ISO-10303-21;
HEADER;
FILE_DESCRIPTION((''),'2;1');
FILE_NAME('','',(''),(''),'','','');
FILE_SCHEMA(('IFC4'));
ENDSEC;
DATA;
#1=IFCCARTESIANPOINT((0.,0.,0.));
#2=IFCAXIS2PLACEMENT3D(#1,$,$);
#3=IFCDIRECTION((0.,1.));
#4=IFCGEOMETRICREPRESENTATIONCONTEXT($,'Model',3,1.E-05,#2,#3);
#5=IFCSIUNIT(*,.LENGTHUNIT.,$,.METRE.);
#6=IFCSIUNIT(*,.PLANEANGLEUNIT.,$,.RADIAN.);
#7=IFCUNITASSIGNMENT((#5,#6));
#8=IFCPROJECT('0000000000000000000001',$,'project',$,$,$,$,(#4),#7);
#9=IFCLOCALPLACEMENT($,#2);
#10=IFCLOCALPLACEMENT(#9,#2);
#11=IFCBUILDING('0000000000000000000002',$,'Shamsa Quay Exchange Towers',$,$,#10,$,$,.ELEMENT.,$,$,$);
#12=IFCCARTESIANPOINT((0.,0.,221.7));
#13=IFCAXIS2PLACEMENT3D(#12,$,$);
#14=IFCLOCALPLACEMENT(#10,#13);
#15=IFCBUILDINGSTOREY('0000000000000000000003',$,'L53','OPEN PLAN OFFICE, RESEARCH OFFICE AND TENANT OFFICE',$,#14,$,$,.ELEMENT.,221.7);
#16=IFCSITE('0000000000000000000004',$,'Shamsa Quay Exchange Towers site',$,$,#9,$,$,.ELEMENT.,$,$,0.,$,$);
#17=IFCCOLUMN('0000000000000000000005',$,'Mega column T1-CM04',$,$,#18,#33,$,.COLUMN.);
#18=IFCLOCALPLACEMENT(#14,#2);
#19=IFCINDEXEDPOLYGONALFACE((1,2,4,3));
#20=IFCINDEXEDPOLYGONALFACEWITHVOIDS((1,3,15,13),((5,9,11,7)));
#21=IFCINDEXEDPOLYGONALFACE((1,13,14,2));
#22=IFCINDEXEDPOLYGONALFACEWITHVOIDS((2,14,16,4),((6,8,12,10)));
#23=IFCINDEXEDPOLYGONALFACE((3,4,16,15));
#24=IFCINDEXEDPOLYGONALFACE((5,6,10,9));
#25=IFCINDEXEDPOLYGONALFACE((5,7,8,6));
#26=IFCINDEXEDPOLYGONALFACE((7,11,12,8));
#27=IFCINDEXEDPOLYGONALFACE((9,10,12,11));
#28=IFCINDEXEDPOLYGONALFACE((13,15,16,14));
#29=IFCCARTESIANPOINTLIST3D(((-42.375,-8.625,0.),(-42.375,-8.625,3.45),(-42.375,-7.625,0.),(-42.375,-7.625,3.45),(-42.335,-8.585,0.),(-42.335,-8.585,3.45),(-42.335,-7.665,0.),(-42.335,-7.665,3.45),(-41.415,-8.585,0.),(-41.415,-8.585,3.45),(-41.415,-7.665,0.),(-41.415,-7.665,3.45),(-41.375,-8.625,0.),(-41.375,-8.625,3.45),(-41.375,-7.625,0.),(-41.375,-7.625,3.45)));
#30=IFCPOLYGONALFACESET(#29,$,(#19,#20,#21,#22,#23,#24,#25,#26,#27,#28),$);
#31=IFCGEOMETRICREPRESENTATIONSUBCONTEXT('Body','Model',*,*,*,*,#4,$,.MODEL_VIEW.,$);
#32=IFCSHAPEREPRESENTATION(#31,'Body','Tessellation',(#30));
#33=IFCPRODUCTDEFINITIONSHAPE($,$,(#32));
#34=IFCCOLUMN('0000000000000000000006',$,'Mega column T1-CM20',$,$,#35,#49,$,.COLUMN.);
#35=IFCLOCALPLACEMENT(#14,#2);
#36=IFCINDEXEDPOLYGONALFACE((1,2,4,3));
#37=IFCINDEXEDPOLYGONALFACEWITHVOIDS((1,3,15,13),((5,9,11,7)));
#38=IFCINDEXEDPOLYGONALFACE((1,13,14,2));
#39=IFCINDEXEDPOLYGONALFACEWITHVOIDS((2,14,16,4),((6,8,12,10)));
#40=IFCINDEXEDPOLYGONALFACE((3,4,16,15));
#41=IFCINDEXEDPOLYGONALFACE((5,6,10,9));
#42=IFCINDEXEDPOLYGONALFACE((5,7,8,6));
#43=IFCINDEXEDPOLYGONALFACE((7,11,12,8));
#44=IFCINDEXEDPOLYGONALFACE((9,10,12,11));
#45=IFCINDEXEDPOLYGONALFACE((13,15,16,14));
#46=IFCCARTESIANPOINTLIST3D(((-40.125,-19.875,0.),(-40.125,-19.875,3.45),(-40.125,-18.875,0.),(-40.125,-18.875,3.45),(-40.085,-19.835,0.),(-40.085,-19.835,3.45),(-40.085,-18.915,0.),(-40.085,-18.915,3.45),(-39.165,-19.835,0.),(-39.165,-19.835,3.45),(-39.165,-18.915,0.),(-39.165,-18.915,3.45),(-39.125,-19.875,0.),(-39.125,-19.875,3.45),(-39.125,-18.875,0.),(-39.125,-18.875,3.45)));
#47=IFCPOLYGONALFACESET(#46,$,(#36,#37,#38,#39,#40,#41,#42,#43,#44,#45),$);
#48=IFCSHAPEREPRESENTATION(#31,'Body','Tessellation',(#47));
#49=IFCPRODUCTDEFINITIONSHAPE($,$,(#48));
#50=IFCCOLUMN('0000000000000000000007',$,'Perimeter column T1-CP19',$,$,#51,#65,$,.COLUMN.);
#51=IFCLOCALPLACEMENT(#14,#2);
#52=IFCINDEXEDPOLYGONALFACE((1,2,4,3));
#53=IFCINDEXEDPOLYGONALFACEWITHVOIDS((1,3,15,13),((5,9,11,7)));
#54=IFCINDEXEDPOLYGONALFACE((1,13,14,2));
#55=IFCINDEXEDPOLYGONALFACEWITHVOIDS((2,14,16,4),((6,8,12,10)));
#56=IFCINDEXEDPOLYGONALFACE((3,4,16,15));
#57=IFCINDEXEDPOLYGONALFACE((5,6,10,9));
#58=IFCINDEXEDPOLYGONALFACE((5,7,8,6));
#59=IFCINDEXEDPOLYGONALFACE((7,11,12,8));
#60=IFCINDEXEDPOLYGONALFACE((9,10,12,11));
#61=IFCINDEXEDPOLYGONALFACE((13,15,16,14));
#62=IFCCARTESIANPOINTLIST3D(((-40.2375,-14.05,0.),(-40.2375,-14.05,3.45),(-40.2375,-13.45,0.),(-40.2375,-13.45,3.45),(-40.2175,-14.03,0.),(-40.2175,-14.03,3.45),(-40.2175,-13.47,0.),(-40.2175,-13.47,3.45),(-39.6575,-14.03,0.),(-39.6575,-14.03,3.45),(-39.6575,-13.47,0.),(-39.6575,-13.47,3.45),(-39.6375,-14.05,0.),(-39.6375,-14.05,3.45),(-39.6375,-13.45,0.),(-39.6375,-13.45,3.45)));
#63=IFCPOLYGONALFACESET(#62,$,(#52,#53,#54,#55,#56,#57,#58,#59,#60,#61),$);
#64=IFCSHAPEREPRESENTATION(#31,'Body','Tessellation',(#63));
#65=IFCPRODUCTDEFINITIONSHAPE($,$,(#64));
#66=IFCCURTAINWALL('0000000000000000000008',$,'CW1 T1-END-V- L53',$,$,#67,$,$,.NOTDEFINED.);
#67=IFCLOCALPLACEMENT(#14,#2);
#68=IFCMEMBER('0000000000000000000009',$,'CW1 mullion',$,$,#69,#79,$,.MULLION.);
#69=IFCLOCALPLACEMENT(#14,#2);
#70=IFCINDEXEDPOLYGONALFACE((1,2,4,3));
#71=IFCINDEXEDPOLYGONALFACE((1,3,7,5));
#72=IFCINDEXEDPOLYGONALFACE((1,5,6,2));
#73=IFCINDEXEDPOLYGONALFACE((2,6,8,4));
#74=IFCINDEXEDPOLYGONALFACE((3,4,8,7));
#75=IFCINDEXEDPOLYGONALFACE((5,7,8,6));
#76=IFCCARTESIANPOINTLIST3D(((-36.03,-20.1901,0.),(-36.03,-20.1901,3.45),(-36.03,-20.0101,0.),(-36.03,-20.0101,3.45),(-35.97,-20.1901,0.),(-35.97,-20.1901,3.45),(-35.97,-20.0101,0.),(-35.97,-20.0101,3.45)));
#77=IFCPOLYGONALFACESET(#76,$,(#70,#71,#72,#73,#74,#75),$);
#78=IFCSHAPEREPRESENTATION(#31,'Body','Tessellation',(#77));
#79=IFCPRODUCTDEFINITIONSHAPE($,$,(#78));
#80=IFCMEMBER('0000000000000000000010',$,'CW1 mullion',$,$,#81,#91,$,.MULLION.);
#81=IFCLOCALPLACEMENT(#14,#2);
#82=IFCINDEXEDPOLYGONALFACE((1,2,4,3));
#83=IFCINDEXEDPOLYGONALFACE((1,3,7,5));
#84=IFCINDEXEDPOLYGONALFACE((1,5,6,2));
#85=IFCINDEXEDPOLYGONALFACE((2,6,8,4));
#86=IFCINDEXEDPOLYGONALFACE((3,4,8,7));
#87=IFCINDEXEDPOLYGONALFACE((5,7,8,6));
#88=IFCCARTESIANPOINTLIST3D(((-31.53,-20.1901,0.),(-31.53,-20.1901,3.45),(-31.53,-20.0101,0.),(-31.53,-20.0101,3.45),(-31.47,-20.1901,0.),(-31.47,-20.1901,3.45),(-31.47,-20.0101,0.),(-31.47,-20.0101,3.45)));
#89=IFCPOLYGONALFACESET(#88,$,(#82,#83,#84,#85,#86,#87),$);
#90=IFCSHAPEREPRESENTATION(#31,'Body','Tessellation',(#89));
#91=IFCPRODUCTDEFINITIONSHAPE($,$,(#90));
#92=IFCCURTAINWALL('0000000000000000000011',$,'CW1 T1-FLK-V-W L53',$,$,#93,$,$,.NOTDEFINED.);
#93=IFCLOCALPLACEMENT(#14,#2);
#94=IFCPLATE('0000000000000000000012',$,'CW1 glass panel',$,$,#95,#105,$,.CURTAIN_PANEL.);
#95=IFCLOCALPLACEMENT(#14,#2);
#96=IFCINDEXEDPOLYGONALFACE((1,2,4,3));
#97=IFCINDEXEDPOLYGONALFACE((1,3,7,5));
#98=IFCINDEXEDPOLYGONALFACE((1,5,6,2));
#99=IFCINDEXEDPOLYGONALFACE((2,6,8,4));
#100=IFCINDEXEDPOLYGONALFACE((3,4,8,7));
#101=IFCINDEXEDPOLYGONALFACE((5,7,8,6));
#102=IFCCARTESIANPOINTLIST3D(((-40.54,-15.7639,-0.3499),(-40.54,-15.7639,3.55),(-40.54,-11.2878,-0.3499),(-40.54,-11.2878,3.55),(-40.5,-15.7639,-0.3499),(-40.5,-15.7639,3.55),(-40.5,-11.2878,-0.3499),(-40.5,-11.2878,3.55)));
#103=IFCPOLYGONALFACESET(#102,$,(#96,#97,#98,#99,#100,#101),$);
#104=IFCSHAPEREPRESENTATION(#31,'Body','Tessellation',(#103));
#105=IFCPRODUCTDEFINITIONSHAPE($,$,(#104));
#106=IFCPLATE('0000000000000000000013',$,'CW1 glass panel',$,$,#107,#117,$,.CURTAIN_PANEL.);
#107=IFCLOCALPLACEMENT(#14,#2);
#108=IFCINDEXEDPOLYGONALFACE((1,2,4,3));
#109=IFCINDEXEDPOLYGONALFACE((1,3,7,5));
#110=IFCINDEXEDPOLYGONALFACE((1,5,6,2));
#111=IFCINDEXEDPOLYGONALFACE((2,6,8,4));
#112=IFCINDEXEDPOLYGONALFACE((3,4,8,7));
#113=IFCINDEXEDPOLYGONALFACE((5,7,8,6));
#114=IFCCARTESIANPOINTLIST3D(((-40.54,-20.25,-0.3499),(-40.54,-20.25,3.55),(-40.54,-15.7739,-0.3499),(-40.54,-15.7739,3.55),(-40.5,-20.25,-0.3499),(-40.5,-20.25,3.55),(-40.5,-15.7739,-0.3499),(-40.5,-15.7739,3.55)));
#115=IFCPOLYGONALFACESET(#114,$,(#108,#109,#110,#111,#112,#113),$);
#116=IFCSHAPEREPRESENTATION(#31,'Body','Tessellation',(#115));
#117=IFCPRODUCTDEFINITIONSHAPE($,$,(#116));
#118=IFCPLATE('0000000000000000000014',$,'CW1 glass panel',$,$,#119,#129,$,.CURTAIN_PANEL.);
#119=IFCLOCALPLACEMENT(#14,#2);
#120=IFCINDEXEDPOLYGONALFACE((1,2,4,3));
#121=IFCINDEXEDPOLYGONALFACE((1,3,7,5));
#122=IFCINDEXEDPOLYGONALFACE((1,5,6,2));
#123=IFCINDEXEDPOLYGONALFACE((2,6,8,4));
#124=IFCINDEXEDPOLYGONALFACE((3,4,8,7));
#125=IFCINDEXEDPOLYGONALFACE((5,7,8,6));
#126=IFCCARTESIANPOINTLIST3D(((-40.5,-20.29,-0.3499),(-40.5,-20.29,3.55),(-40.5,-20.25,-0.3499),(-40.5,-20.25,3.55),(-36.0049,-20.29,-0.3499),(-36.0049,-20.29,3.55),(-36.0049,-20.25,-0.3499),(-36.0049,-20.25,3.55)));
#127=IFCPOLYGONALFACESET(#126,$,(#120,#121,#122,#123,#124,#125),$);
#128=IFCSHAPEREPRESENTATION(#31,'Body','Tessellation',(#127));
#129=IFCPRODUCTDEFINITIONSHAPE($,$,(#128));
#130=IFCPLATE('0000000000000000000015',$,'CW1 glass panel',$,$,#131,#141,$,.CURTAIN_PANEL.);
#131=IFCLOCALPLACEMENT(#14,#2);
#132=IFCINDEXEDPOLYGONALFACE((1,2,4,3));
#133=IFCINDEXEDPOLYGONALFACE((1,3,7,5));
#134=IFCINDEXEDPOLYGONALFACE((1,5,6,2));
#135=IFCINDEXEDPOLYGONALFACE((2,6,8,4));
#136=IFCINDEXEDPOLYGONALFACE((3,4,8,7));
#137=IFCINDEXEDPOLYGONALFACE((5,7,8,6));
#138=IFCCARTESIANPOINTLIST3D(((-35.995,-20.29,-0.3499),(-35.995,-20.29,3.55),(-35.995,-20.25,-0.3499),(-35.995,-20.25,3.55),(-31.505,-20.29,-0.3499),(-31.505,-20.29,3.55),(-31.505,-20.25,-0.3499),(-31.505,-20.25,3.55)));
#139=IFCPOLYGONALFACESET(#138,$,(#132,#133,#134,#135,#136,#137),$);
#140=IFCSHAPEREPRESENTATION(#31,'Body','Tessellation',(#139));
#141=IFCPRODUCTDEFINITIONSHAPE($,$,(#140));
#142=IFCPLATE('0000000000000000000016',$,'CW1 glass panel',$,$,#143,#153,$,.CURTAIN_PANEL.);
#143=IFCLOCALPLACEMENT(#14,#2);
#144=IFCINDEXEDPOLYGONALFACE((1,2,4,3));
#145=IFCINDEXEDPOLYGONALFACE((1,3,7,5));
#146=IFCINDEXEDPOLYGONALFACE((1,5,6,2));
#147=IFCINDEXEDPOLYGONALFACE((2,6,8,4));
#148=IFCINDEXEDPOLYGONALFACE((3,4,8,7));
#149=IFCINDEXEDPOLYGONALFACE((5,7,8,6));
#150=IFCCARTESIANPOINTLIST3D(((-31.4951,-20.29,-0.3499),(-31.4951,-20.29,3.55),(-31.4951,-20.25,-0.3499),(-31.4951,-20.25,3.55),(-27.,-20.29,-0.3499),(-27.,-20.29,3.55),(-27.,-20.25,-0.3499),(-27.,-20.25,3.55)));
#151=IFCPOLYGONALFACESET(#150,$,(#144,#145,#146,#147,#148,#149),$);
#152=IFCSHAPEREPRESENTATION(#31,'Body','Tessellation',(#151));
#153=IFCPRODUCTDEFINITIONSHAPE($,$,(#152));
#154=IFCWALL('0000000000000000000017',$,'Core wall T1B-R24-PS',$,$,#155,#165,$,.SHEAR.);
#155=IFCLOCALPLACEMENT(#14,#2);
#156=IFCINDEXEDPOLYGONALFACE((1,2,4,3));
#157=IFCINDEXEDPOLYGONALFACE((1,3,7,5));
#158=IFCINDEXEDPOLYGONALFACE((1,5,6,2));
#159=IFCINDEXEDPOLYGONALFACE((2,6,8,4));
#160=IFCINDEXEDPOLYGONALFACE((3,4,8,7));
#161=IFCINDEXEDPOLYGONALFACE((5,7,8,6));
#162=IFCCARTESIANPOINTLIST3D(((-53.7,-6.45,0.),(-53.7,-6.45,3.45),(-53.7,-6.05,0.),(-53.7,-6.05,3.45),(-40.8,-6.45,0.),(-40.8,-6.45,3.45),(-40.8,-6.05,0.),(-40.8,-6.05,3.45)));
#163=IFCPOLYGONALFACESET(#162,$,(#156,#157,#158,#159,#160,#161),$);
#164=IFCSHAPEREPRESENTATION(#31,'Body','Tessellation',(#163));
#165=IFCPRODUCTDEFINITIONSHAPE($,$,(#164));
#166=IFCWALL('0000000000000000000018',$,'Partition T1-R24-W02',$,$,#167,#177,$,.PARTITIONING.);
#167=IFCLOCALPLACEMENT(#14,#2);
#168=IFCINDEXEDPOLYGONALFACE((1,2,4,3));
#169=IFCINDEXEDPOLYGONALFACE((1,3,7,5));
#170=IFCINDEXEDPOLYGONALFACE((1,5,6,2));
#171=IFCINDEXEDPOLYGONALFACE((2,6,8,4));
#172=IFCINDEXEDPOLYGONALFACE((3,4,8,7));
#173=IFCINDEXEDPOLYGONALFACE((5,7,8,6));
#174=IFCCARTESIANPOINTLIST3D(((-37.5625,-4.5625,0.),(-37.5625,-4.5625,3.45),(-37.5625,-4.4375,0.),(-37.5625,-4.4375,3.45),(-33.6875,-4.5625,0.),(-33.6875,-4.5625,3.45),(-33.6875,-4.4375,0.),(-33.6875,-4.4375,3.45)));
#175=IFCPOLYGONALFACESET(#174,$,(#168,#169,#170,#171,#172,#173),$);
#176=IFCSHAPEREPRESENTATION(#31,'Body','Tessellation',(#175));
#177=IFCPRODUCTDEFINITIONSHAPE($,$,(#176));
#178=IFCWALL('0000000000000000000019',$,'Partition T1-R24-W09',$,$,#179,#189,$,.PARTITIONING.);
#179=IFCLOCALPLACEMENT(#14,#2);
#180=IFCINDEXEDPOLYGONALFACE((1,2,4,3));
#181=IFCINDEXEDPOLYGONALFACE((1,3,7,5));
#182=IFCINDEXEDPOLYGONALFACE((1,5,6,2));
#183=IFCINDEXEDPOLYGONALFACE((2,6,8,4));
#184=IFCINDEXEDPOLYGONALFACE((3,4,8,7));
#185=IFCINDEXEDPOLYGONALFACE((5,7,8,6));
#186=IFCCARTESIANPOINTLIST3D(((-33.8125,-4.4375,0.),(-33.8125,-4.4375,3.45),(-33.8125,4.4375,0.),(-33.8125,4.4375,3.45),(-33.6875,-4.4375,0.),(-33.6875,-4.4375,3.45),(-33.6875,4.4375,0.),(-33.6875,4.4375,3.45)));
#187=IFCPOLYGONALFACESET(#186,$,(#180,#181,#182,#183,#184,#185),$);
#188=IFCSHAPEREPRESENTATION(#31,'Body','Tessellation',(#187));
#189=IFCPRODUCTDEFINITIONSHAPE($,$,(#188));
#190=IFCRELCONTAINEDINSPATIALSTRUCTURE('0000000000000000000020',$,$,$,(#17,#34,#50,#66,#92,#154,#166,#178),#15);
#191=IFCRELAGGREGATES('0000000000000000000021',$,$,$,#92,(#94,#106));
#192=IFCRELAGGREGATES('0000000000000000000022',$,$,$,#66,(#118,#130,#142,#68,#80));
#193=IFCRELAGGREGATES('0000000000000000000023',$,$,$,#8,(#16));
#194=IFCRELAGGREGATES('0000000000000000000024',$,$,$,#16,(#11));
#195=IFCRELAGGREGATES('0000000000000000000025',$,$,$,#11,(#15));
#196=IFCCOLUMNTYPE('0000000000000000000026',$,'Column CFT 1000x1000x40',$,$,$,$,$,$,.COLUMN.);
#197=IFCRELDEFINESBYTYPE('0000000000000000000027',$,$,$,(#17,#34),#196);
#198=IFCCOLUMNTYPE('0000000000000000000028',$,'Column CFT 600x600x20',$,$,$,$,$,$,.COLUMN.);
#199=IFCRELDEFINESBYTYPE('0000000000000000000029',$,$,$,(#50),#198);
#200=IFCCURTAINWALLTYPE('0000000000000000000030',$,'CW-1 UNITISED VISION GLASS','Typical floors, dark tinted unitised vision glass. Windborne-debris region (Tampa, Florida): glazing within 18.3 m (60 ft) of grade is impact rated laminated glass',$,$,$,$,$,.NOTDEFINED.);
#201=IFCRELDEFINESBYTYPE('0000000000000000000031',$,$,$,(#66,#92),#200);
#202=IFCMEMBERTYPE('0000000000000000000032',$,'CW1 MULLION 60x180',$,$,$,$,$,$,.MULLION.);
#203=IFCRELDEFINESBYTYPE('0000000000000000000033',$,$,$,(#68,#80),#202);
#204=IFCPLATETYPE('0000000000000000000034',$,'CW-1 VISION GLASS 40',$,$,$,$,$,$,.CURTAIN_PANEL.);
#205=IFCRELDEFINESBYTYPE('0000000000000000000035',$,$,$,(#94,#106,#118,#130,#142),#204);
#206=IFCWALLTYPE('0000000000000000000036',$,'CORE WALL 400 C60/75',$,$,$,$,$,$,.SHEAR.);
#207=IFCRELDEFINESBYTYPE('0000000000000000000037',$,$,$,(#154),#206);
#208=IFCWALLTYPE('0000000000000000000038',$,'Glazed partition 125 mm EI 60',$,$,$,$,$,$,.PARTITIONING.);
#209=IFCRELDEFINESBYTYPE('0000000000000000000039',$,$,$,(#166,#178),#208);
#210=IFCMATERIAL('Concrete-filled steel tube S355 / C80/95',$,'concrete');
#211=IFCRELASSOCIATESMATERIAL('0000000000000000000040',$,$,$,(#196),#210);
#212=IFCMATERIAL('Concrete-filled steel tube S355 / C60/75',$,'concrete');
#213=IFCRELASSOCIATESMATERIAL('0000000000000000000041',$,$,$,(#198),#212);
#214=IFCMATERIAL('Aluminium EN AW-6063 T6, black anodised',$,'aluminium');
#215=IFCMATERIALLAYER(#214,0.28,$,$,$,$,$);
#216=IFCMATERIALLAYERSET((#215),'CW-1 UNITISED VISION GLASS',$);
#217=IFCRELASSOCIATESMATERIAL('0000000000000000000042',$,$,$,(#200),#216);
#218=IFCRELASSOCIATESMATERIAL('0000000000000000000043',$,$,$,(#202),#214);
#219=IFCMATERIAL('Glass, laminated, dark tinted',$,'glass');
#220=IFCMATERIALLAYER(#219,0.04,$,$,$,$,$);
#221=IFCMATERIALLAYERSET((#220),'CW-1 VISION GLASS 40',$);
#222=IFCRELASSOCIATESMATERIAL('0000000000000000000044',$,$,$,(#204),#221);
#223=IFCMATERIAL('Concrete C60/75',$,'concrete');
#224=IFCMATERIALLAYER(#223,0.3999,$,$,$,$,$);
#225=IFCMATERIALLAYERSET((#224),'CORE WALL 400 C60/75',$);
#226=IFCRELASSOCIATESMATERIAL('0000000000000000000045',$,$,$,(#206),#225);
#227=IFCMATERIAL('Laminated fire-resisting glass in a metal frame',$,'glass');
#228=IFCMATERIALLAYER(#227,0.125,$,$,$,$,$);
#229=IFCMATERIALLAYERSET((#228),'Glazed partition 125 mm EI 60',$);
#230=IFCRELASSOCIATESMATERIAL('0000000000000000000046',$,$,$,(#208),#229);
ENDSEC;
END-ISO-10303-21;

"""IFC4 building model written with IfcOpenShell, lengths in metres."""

from ifc_helpers import new_model, si_unit, direction, frame, frame_2d, origin, origin_2d, place, context, subcontext, project, spatial, rectangle, hollow_rectangle, extrude, material, layer, layer_set, material_profile, profile_set, type_object, element, aggregate, save


model = new_model("IFC4")

# Units and contexts
model_context = context("Model", 3, precision=1e-05, world=origin(), true_north=direction((0.0, 1.0)))
body_context = subcontext(model_context, "Body", "Model", "MODEL_VIEW")
ifc_project = project(units=[si_unit("LENGTHUNIT", "METRE"), si_unit("PLANEANGLEUNIT", "RADIAN")], contexts=[model_context])

# Site, building, storey
site_placement = place(None, origin())
site = spatial("IfcSite", under=ifc_project, at=site_placement, Name="Shamsa Quay Exchange Towers site", CompositionType="ELEMENT", RefElevation=0.0)
building_placement = place(site_placement, origin())
building = spatial("IfcBuilding", under=site, at=building_placement, Name="Shamsa Quay Exchange Towers", CompositionType="ELEMENT")
storey_placement = place(building_placement, frame((0.0, 0.0, 221.7)))
storey = spatial("IfcBuildingStorey", under=building, at=storey_placement, Name="L53", Description="OPEN PLAN OFFICE, RESEARCH OFFICE AND TENANT OFFICE", CompositionType="ELEMENT", Elevation=221.7)

# Columns
ifc_material_1 = material(Name="Concrete-filled steel tube S355 / C80/95", Category="concrete")
ifc_material_profile_1 = material_profile(ifc_material_1, hollow_rectangle(XDim=1.0, YDim=1.0, WallThickness=0.04, at=origin_2d()), Name="CFT 1000x1000x40")
ifc_profile_set_1 = profile_set([ifc_material_profile_1], Name="Concrete-filled steel tube S355 / C80/95")
column_type_1 = type_object("IfcColumnType", Name="Column CFT 1000x1000x40", PredefinedType="COLUMN", material=ifc_profile_set_1)
for number, where, name in (
    (1, (-41.875, -8.125, 0.0), "Mega column T1-CM04"),
    (2, (-39.625, -19.375, 0.0), "Mega column T1-CM20"),
):
    element("IfcColumn", number, at=place(storey_placement, frame(where)), inside=storey, type_object=column_type_1, Name=name, PredefinedType="COLUMN", context=body_context, shape_type="SweptSolid", body=[
        extrude(hollow_rectangle(XDim=1.0, YDim=1.0, WallThickness=0.04, at=origin_2d()), origin(), (0.0, 0.0, 1.0), 3.45),
    ])
ifc_material_2 = material(Name="Concrete-filled steel tube S355 / C60/75", Category="concrete")
ifc_material_profile_2 = material_profile(ifc_material_2, hollow_rectangle(XDim=0.6001, YDim=0.6001, WallThickness=0.02, at=origin_2d()), Name="CFT 600x600x20")
ifc_profile_set_2 = profile_set([ifc_material_profile_2], Name="Concrete-filled steel tube S355 / C60/75")
column_type_2 = type_object("IfcColumnType", Name="Column CFT 600x600x20", PredefinedType="COLUMN", material=ifc_profile_set_2)
column_placement = place(storey_placement, frame((-39.9375, -13.75, 0.0)))
element("IfcColumn", 3, at=column_placement, inside=storey, type_object=column_type_2, Name="Perimeter column T1-CP19", PredefinedType="COLUMN", context=body_context, shape_type="SweptSolid", body=[
    extrude(hollow_rectangle(XDim=0.6001, YDim=0.6001, WallThickness=0.02, at=origin_2d()), origin(), (0.0, 0.0, 1.0), 3.45),
])

# Curtain wall, members
ifc_material_3 = material(Name="Aluminium EN AW-6063 T6, black anodised", Category="aluminium")
ifc_layer_1 = layer(ifc_material_3, 0.28)
ifc_layer_set_1 = layer_set([ifc_layer_1], Name="CW-1 UNITISED VISION GLASS")
curtain_wall_type = type_object("IfcCurtainWallType", Name="CW-1 UNITISED VISION GLASS", Description="Typical floors, dark tinted unitised vision glass. Windborne-debris region (Tampa, Florida): glazing within 18.3 m (60 ft) of grade is impact rated laminated glass", PredefinedType="NOTDEFINED", material=ifc_layer_set_1)
curtain_wall_1_placement = place(storey_placement, origin())
curtain_wall_1 = element("IfcCurtainWall", 4, at=curtain_wall_1_placement, inside=storey, type_object=curtain_wall_type, Name="CW1 T1-END-V- L53", PredefinedType="NOTDEFINED")
ifc_material_profile_3 = material_profile(ifc_material_3, rectangle(XDim=0.1799, YDim=0.0601, at=origin_2d()), Name="MU60x180")
ifc_profile_set_3 = profile_set([ifc_material_profile_3], Name="Aluminium EN AW-6063 T6, black anodised")
member_type = type_object("IfcMemberType", Name="CW1 MULLION 60x180", PredefinedType="MULLION", material=ifc_profile_set_3)
member_1_placement = place(storey_placement, frame((-36.0, -20.1001, 0.0), z_axis=(0.0, 0.0, 1.0), x_axis=(0.0, 1.0, 0.0)))
member_1 = element("IfcMember", 5, at=member_1_placement, type_object=member_type, Name="CW1 mullion", PredefinedType="MULLION", context=body_context, shape_type="SweptSolid", body=[
    extrude(rectangle(XDim=0.1799, YDim=0.0601, at=origin_2d()), origin(), (0.0, 0.0, 1.0), 3.45),
])
member_2_placement = place(storey_placement, frame((-31.5, -20.1001, 0.0), z_axis=(0.0, 0.0, 1.0), x_axis=(0.0, 1.0, 0.0)))
member_2 = element("IfcMember", 6, at=member_2_placement, type_object=member_type, Name="CW1 mullion", PredefinedType="MULLION", context=body_context, shape_type="SweptSolid", body=[
    extrude(rectangle(XDim=0.1799, YDim=0.0601, at=origin_2d()), origin(), (0.0, 0.0, 1.0), 3.45),
])

# Curtain wall, plates
curtain_wall_2_placement = place(storey_placement, origin())
curtain_wall_2 = element("IfcCurtainWall", 7, at=curtain_wall_2_placement, inside=storey, type_object=curtain_wall_type, Name="CW1 T1-FLK-V-W L53", PredefinedType="NOTDEFINED")
ifc_material_4 = material(Name="Glass, laminated, dark tinted", Category="glass")
ifc_layer_2 = layer(ifc_material_4, 0.04)
ifc_layer_set_2 = layer_set([ifc_layer_2], Name="CW-1 VISION GLASS 40")
plate_type = type_object("IfcPlateType", Name="CW-1 VISION GLASS 40", PredefinedType="CURTAIN_PANEL", material=ifc_layer_set_2)
plate_1_placement = place(storey_placement, frame((-40.52, -13.5259, -0.3499), z_axis=(0.0, 0.0, 1.0), x_axis=(0.0, -1.0, 0.0)))
plate_1 = element("IfcPlate", 8, at=plate_1_placement, type_object=plate_type, Name="CW1 glass panel", PredefinedType="CURTAIN_PANEL", context=body_context, shape_type="SweptSolid", body=[
    extrude(rectangle(XDim=4.4761, YDim=0.04, at=origin_2d()), origin(), (0.0, 0.0, 1.0), 3.8999),
])
plate_2_placement = place(storey_placement, frame((-40.52, -18.012, -0.3499), z_axis=(0.0, 0.0, 1.0), x_axis=(0.0, -1.0, 0.0)))
plate_2 = element("IfcPlate", 9, at=plate_2_placement, type_object=plate_type, Name="CW1 glass panel", PredefinedType="CURTAIN_PANEL", context=body_context, shape_type="SweptSolid", body=[
    extrude(rectangle(XDim=4.4761, YDim=0.04, at=origin_2d()), origin(), (0.0, 0.0, 1.0), 3.8999),
])
aggregate(curtain_wall_2, [plate_1, plate_2])

# Plates
plate_3_placement = place(storey_placement, frame((-38.2524, -20.27, -0.3499)))
plate_3 = element("IfcPlate", 10, at=plate_3_placement, type_object=plate_type, Name="CW1 glass panel", PredefinedType="CURTAIN_PANEL", context=body_context, shape_type="SweptSolid", body=[
    extrude(rectangle(XDim=4.4951, YDim=0.04, at=origin_2d()), origin(), (0.0, 0.0, 1.0), 3.8999),
])
plate_4_placement = place(storey_placement, frame((-33.75, -20.27, -0.3499)))
plate_4 = element("IfcPlate", 11, at=plate_4_placement, type_object=plate_type, Name="CW1 glass panel", PredefinedType="CURTAIN_PANEL", context=body_context, shape_type="SweptSolid", body=[
    extrude(rectangle(XDim=4.49, YDim=0.04, at=origin_2d()), origin(), (0.0, 0.0, 1.0), 3.8999),
])
plate_5_placement = place(storey_placement, frame((-29.2476, -20.27, -0.3499)))
plate_5 = element("IfcPlate", 12, at=plate_5_placement, type_object=plate_type, Name="CW1 glass panel", PredefinedType="CURTAIN_PANEL", context=body_context, shape_type="SweptSolid", body=[
    extrude(rectangle(XDim=4.4951, YDim=0.04, at=origin_2d()), origin(), (0.0, 0.0, 1.0), 3.8999),
])
aggregate(curtain_wall_1, [plate_3, plate_4, plate_5, member_1, member_2])

# Wall
ifc_material_5 = material(Name="Concrete C60/75", Category="concrete")
ifc_layer_3 = layer(ifc_material_5, 0.3999)
ifc_layer_set_3 = layer_set([ifc_layer_3], Name="CORE WALL 400 C60/75")
wall_type_1 = type_object("IfcWallType", Name="CORE WALL 400 C60/75", PredefinedType="SHEAR", material=ifc_layer_set_3)
wall_1_placement = place(storey_placement, frame((-40.8, -6.25, 0.0), z_axis=(0.0, 0.0, 1.0), x_axis=(-1.0, 0.0, 0.0)))
element("IfcWall", 13, at=wall_1_placement, inside=storey, type_object=wall_type_1, Name="Core wall T1B-R24-PS", PredefinedType="SHEAR", context=body_context, shape_type="SweptSolid", body=[
    extrude(rectangle(XDim=12.8999, YDim=0.3999, at=frame_2d((6.45, 0.0))), origin(), (0.0, 0.0, 1.0), 3.45),
])

# Walls
ifc_material_6 = material(Name="Laminated fire-resisting glass in a metal frame", Category="glass")
ifc_layer_4 = layer(ifc_material_6, 0.125)
ifc_layer_set_4 = layer_set([ifc_layer_4], Name="Glazed partition 125 mm EI 60")
wall_type_2 = type_object("IfcWallType", Name="Glazed partition 125 mm EI 60", PredefinedType="PARTITIONING", material=ifc_layer_set_4)
wall_2_placement = place(storey_placement, frame((-37.5625, -4.5, 0.0)))
element("IfcWall", 14, at=wall_2_placement, inside=storey, type_object=wall_type_2, Name="Partition T1-R24-W02", PredefinedType="PARTITIONING", context=body_context, shape_type="SweptSolid", body=[
    extrude(rectangle(XDim=3.875, YDim=0.125, at=frame_2d((1.9375, 0.0))), origin(), (0.0, 0.0, 1.0), 3.45),
])
wall_3_placement = place(storey_placement, frame((-33.75, -4.4375, 0.0), z_axis=(0.0, 0.0, 1.0), x_axis=(0.0, 1.0, 0.0)))
element("IfcWall", 15, at=wall_3_placement, inside=storey, type_object=wall_type_2, Name="Partition T1-R24-W09", PredefinedType="PARTITIONING", context=body_context, shape_type="SweptSolid", body=[
    extrude(rectangle(XDim=8.875, YDim=0.125, at=frame_2d((4.4375, 0.0))), origin(), (0.0, 0.0, 1.0), 3.45),
])

save(model, "model.ifc")
